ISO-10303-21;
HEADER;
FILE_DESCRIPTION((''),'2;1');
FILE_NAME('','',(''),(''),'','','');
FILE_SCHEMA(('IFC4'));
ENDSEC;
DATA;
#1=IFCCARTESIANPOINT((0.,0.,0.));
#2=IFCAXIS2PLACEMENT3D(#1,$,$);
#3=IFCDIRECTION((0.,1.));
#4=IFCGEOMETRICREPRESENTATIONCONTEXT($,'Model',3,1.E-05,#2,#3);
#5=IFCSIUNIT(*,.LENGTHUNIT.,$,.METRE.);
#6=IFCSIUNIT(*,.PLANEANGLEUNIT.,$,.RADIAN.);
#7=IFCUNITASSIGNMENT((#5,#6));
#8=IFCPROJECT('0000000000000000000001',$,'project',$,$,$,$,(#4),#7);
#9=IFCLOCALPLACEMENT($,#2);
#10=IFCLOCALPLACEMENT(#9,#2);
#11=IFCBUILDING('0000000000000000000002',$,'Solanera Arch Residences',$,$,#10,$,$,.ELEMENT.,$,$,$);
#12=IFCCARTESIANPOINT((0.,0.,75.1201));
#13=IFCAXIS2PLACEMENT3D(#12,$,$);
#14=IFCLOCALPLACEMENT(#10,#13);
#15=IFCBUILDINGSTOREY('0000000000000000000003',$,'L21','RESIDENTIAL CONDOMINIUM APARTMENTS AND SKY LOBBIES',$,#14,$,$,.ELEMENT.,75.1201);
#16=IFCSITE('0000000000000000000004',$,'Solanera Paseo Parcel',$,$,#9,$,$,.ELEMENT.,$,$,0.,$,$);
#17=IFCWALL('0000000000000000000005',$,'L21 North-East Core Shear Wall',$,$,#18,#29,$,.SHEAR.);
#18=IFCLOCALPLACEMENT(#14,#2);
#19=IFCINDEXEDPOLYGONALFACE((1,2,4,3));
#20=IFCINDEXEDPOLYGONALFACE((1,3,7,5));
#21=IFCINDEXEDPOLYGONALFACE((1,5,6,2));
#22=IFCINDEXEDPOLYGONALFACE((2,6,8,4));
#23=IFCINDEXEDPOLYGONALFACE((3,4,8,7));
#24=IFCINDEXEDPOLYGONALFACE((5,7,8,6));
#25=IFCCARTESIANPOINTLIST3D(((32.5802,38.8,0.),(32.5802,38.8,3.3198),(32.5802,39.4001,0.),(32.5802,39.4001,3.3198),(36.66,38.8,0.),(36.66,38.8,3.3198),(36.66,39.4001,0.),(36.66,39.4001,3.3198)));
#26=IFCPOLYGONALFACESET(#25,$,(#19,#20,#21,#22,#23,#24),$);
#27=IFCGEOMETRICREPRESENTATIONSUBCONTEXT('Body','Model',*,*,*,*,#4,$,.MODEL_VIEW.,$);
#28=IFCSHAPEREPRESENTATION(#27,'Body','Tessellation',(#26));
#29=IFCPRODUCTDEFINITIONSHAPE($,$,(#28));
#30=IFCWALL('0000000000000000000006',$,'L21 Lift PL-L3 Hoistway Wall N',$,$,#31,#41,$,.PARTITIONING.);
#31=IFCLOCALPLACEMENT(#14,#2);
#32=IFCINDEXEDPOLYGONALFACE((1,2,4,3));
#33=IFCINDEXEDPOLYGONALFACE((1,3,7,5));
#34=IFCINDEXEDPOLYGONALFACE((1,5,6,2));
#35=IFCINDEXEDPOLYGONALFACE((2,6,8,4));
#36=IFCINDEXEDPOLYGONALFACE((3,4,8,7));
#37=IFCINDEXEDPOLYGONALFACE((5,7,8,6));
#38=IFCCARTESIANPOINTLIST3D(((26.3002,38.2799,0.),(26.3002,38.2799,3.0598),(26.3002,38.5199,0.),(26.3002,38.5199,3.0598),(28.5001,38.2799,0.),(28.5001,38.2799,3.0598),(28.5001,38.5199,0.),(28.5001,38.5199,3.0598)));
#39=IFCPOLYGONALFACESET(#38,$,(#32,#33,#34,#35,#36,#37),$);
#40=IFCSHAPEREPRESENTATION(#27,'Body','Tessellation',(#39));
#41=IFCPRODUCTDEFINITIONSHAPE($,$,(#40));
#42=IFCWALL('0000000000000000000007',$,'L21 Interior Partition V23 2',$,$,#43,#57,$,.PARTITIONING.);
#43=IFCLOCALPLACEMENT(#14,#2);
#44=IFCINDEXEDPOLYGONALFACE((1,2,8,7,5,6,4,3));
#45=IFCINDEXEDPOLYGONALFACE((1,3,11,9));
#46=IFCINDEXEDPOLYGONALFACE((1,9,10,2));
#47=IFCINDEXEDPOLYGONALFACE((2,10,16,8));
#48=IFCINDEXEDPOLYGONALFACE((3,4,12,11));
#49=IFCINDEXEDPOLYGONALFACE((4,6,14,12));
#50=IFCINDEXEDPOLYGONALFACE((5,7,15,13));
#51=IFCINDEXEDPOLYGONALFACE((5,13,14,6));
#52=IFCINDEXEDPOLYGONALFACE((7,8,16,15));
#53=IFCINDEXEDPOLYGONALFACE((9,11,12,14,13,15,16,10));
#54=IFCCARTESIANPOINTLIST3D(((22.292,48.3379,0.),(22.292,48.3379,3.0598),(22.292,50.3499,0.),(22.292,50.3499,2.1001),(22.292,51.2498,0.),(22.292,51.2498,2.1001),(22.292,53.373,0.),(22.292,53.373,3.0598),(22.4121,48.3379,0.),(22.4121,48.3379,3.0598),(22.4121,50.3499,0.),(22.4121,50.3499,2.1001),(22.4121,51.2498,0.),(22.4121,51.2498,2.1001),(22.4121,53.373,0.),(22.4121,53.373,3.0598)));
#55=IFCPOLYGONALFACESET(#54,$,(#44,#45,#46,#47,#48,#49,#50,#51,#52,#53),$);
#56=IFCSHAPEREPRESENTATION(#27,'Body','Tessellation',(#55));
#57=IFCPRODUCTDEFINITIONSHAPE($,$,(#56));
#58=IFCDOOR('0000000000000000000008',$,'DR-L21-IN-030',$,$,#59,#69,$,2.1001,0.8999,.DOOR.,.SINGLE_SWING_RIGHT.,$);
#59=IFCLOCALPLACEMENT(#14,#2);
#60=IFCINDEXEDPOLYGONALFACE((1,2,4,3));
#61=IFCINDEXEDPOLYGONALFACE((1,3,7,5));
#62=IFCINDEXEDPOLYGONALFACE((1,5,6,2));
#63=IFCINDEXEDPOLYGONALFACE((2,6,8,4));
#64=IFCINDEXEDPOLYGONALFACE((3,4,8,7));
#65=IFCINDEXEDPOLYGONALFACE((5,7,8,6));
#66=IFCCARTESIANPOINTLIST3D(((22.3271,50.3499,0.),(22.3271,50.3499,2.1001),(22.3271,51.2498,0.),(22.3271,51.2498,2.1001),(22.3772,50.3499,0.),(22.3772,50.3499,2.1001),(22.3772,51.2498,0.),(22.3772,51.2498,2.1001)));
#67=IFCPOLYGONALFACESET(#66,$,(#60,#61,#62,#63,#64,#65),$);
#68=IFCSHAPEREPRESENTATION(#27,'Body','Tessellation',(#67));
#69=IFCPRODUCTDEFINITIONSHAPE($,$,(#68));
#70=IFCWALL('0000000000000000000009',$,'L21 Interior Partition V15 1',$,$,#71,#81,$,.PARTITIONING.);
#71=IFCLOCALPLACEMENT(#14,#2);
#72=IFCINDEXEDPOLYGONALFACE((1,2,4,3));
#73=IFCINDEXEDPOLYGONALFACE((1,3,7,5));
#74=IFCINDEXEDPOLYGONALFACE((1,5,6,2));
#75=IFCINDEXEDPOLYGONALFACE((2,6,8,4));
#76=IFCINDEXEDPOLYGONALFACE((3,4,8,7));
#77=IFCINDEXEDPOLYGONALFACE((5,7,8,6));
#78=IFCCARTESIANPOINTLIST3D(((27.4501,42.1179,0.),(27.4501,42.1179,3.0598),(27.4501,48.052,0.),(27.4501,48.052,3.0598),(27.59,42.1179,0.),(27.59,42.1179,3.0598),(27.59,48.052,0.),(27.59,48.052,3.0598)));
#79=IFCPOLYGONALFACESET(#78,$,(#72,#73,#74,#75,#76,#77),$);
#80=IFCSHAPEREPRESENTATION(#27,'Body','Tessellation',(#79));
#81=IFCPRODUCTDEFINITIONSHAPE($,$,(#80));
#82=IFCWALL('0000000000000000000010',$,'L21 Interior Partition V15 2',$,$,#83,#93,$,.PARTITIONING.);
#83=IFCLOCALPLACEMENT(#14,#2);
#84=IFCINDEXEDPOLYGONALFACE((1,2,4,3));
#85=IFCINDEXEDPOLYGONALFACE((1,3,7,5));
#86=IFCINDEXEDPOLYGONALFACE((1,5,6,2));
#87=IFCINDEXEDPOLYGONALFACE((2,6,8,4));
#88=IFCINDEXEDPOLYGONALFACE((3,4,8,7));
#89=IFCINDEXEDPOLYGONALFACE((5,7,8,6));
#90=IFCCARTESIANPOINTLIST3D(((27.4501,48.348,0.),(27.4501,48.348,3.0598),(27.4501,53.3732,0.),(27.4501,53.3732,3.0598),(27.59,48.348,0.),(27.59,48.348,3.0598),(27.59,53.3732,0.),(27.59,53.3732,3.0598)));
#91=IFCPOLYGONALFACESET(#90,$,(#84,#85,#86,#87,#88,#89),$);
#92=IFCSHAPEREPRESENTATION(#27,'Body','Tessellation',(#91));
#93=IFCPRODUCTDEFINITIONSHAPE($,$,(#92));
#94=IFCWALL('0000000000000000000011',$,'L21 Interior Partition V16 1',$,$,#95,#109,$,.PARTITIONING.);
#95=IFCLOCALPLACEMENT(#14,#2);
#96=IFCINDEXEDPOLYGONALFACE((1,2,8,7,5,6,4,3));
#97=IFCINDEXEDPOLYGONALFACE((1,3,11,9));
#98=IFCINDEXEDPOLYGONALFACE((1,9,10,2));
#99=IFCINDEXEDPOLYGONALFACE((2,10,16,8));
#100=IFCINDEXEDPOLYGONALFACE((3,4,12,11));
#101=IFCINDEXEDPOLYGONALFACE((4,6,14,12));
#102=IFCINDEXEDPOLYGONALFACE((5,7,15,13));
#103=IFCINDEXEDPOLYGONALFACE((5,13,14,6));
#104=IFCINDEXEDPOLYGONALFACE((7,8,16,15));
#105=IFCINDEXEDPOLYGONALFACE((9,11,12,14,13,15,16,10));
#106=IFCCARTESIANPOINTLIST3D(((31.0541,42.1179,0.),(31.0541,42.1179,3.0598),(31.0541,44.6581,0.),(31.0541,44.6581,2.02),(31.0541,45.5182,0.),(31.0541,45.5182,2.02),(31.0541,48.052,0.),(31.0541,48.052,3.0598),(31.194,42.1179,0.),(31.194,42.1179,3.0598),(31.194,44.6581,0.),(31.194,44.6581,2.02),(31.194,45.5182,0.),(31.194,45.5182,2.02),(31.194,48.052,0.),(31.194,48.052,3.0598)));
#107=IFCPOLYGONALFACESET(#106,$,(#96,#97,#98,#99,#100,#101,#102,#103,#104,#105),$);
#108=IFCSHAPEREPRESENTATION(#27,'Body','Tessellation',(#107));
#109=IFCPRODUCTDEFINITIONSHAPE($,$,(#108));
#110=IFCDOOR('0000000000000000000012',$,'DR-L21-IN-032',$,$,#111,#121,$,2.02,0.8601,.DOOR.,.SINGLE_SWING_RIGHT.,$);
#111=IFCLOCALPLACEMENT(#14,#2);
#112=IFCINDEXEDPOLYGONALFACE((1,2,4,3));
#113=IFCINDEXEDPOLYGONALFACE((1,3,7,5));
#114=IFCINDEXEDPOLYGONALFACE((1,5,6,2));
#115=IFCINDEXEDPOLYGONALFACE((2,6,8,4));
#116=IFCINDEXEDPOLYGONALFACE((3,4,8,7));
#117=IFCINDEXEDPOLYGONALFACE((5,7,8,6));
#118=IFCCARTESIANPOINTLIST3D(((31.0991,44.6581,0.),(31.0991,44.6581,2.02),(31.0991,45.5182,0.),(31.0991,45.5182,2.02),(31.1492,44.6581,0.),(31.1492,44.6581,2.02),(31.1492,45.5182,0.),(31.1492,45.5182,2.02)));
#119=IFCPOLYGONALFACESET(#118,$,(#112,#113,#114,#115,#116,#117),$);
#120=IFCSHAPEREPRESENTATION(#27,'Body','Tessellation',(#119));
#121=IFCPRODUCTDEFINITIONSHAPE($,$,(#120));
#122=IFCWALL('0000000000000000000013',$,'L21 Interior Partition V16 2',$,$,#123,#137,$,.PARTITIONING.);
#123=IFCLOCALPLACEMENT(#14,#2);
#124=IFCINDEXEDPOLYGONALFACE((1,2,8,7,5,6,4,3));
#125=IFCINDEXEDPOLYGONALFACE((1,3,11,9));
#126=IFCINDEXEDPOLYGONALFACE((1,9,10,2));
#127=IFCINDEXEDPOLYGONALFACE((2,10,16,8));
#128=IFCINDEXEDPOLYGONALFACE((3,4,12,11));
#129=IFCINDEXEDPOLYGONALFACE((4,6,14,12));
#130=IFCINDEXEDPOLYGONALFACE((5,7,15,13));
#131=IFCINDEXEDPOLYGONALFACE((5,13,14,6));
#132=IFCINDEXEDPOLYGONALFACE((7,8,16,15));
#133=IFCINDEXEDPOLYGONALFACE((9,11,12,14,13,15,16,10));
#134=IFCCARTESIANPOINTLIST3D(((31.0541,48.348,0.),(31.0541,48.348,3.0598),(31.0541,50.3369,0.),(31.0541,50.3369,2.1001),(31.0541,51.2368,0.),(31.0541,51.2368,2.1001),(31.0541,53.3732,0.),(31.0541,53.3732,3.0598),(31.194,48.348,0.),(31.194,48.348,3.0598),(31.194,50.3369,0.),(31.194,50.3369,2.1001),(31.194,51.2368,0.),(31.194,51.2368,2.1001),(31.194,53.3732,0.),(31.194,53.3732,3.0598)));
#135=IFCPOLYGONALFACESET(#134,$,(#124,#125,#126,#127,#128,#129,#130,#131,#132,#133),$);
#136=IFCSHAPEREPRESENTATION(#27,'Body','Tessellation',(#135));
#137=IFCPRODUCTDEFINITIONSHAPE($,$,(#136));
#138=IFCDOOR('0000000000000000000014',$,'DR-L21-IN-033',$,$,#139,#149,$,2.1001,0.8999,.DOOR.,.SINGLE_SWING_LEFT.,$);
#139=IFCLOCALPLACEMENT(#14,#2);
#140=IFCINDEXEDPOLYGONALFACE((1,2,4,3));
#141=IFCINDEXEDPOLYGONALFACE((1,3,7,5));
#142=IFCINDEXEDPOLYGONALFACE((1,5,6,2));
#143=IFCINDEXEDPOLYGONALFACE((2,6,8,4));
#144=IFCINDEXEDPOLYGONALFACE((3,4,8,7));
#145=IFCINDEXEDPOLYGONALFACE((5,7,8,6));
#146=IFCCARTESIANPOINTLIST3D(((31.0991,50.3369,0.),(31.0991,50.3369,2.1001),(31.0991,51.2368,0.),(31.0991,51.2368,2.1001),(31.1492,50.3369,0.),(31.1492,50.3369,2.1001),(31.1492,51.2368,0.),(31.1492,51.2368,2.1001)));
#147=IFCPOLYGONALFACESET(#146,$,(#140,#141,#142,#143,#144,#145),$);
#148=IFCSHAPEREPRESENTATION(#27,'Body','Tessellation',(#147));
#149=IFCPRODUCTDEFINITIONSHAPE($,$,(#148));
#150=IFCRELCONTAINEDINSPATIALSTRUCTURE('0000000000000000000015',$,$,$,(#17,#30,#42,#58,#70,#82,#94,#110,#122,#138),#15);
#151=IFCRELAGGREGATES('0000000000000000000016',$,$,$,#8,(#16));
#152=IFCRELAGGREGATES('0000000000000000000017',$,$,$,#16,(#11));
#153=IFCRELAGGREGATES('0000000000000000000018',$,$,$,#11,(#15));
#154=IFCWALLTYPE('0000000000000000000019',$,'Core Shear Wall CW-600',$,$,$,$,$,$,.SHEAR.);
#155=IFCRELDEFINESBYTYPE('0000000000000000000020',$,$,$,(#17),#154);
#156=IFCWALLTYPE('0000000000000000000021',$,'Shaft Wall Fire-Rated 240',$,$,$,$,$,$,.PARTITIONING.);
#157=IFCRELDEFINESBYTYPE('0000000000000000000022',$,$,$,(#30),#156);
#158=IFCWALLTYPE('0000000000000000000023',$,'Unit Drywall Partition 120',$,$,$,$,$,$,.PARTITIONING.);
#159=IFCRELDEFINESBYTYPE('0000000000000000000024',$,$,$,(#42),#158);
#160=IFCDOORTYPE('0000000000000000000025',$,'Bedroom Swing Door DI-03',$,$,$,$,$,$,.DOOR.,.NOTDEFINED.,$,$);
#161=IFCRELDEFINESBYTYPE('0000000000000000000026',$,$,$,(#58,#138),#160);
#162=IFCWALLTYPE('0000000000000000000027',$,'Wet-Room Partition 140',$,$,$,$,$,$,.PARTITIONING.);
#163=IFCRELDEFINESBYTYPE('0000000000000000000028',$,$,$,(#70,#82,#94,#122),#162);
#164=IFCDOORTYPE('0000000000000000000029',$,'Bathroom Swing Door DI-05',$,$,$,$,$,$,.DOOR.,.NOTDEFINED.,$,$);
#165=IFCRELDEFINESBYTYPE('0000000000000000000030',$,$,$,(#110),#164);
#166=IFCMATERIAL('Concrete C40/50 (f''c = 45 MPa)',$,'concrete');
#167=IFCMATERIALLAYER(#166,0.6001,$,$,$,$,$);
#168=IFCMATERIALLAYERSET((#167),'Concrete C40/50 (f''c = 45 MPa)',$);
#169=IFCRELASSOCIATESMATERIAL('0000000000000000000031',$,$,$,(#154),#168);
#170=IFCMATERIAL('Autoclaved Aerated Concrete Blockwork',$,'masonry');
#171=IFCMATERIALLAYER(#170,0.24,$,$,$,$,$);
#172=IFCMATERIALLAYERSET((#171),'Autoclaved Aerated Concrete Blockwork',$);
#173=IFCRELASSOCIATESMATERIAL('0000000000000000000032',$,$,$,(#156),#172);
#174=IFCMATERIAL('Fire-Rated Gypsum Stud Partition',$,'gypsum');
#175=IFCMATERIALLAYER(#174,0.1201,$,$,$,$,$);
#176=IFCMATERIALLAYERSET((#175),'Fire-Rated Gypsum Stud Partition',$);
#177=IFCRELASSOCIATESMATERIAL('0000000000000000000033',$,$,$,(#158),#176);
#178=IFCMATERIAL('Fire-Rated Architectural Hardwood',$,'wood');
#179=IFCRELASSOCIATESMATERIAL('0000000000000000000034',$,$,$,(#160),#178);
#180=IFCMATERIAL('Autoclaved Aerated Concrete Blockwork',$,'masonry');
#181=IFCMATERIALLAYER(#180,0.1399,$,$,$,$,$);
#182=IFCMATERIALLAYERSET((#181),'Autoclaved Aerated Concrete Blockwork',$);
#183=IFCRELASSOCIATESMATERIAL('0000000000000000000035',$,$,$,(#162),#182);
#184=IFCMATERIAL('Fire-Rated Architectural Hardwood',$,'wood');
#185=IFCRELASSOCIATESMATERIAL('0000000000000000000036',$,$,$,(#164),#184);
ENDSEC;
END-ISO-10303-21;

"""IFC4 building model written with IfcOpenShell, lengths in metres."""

from ifc_helpers import new_model, si_unit, direction, frame, frame_2d, origin, place, context, subcontext, project, spatial, rectangle, extrude, material, layer, layer_set, type_object, element, fill, save


model = new_model("IFC4")

# Units and contexts
model_context = context("Model", 3, precision=1e-05, world=origin(), true_north=direction((0.0, 1.0)))
body_context = subcontext(model_context, "Body", "Model", "MODEL_VIEW")
ifc_project = project(units=[si_unit("LENGTHUNIT", "METRE"), si_unit("PLANEANGLEUNIT", "RADIAN")], contexts=[model_context])

# Site, building, storey
site_placement = place(None, origin())
site = spatial("IfcSite", under=ifc_project, at=site_placement, Name="Solanera Paseo Parcel", CompositionType="ELEMENT", RefElevation=0.0)
building_placement = place(site_placement, origin())
building = spatial("IfcBuilding", under=site, at=building_placement, Name="Solanera Arch Residences", CompositionType="ELEMENT")
storey_placement = place(building_placement, frame((0.0, 0.0, 75.1201)))
storey = spatial("IfcBuildingStorey", under=building, at=storey_placement, Name="L21", Description="RESIDENTIAL CONDOMINIUM APARTMENTS AND SKY LOBBIES", CompositionType="ELEMENT", Elevation=75.1201)

# Walls
ifc_material_1 = material(Name="Concrete C40/50 (f'c = 45 MPa)", Category="concrete")
ifc_layer_1 = layer(ifc_material_1, 0.6001)
ifc_layer_set_1 = layer_set([ifc_layer_1], Name="Concrete C40/50 (f'c = 45 MPa)")
wall_type_1 = type_object("IfcWallType", Name="Core Shear Wall CW-600", PredefinedType="SHEAR", material=ifc_layer_set_1)
wall_1_placement = place(storey_placement, frame((32.5801, 39.1001, 0.0), z_axis=(0.0, 0.0, 1.0), x_axis=(1.0, 0.0, 0.0)))
element("IfcWall", 1, at=wall_1_placement, inside=storey, type_object=wall_type_1, Name="L21 North-East Core Shear Wall", PredefinedType="SHEAR", context=body_context, shape_type="SweptSolid", body=[
    extrude(rectangle(XDim=4.0798, YDim=0.6001, at=frame_2d((2.04, 0.0))), origin(), (0.0, 0.0, 1.0), 3.3198),
])
ifc_material_2 = material(Name="Autoclaved Aerated Concrete Blockwork", Category="masonry")
ifc_layer_2 = layer(ifc_material_2, 0.24)
ifc_layer_set_2 = layer_set([ifc_layer_2], Name="Autoclaved Aerated Concrete Blockwork")
wall_type_2 = type_object("IfcWallType", Name="Shaft Wall Fire-Rated 240", PredefinedType="PARTITIONING", material=ifc_layer_set_2)
wall_2_placement = place(storey_placement, frame((26.3, 38.3999, 0.0), z_axis=(0.0, 0.0, 1.0), x_axis=(1.0, 0.0, 0.0)))
element("IfcWall", 2, at=wall_2_placement, inside=storey, type_object=wall_type_2, Name="L21 Lift PL-L3 Hoistway Wall N", PredefinedType="PARTITIONING", context=body_context, shape_type="SweptSolid", body=[
    extrude(rectangle(XDim=2.2, YDim=0.24, at=frame_2d((1.1001, 0.0))), origin(), (0.0, 0.0, 1.0), 3.0598),
])

# Wall, opening, door
ifc_material_3 = material(Name="Fire-Rated Gypsum Stud Partition", Category="gypsum")
ifc_layer_3 = layer(ifc_material_3, 0.1201)
ifc_layer_set_3 = layer_set([ifc_layer_3], Name="Fire-Rated Gypsum Stud Partition")
wall_type_3 = type_object("IfcWallType", Name="Unit Drywall Partition 120", PredefinedType="PARTITIONING", material=ifc_layer_set_3)
wall_3_placement = place(storey_placement, frame((22.3521, 48.3379, 0.0), z_axis=(0.0, 0.0, 1.0), x_axis=(0.0, 1.0, 0.0)))
wall_3 = element("IfcWall", 3, at=wall_3_placement, inside=storey, type_object=wall_type_3, Name="L21 Interior Partition V23 2", PredefinedType="PARTITIONING", context=body_context, shape_type="SweptSolid", body=[
    extrude(rectangle(XDim=5.0352, YDim=0.1201, at=frame_2d((2.5176, 0.0))), origin(), (0.0, 0.0, 1.0), 3.0598),
])
opening_1_placement = place(wall_3_placement, frame((2.012, 0.0, 0.0)))
opening_1 = element("IfcOpeningElement", 4, at=opening_1_placement, cuts=wall_3, PredefinedType="OPENING", context=body_context, shape_type="SweptSolid", body=[
    extrude(rectangle(XDim=0.8999, YDim=2.1001, at=frame_2d((0.45, 1.05))), frame((0.0, 0.0701, 0.0), z_axis=(0.0, -1.0, 0.0), x_axis=(1.0, 0.0, 0.0)), (0.0, 0.0, 1.0), 0.1401),
])
ifc_material_4 = material(Name="Fire-Rated Architectural Hardwood", Category="wood")
door_type_1 = type_object("IfcDoorType", Name="Bedroom Swing Door DI-03", OperationType="NOTDEFINED", PredefinedType="DOOR", material=ifc_material_4)
door_1_placement = place(opening_1_placement, origin())
door_1 = element("IfcDoor", 5, at=door_1_placement, inside=storey, type_object=door_type_1, Name="DR-L21-IN-030", OperationType="SINGLE_SWING_RIGHT", OverallHeight=2.1001, OverallWidth=0.8999, PredefinedType="DOOR", context=body_context, shape_type="SweptSolid", body=[
    extrude(rectangle(XDim=0.8999, YDim=2.1001, at=frame_2d((0.45, 1.05))), frame((0.0, 0.0249, 0.0), z_axis=(0.0, -1.0, 0.0), x_axis=(1.0, 0.0, 0.0)), (0.0, 0.0, 1.0), 0.05),
])
fill(opening_1, door_1)

# Walls
ifc_material_5 = material(Name="Autoclaved Aerated Concrete Blockwork", Category="masonry")
ifc_layer_4 = layer(ifc_material_5, 0.1399)
ifc_layer_set_4 = layer_set([ifc_layer_4], Name="Autoclaved Aerated Concrete Blockwork")
wall_type_4 = type_object("IfcWallType", Name="Wet-Room Partition 140", PredefinedType="PARTITIONING", material=ifc_layer_set_4)
wall_4_placement = place(storey_placement, frame((27.52, 42.1179, 0.0), z_axis=(0.0, 0.0, 1.0), x_axis=(0.0, 1.0, 0.0)))
element("IfcWall", 6, at=wall_4_placement, inside=storey, type_object=wall_type_4, Name="L21 Interior Partition V15 1", PredefinedType="PARTITIONING", context=body_context, shape_type="SweptSolid", body=[
    extrude(rectangle(XDim=5.9341, YDim=0.1399, at=frame_2d((2.967, 0.0))), origin(), (0.0, 0.0, 1.0), 3.0598),
])
wall_5_placement = place(storey_placement, frame((27.52, 48.3479, 0.0), z_axis=(0.0, 0.0, 1.0), x_axis=(0.0, 1.0, 0.0)))
element("IfcWall", 7, at=wall_5_placement, inside=storey, type_object=wall_type_4, Name="L21 Interior Partition V15 2", PredefinedType="PARTITIONING", context=body_context, shape_type="SweptSolid", body=[
    extrude(rectangle(XDim=5.0251, YDim=0.1399, at=frame_2d((2.5127, 0.0))), origin(), (0.0, 0.0, 1.0), 3.0598),
])

# Walls, openings, doors
wall_6_placement = place(storey_placement, frame((31.124, 42.1179, 0.0), z_axis=(0.0, 0.0, 1.0), x_axis=(0.0, 1.0, 0.0)))
wall_6 = element("IfcWall", 8, at=wall_6_placement, inside=storey, type_object=wall_type_4, Name="L21 Interior Partition V16 1", PredefinedType="PARTITIONING", context=body_context, shape_type="SweptSolid", body=[
    extrude(rectangle(XDim=5.9341, YDim=0.1399, at=frame_2d((2.967, 0.0))), origin(), (0.0, 0.0, 1.0), 3.0598),
])
opening_2_placement = place(wall_6_placement, frame((2.54, 0.0, 0.0)))
opening_2 = element("IfcOpeningElement", 9, at=opening_2_placement, cuts=wall_6, PredefinedType="OPENING", context=body_context, shape_type="SweptSolid", body=[
    extrude(rectangle(XDim=0.8601, YDim=2.02, at=frame_2d((0.4302, 1.01))), frame((0.0, 0.0798, 0.0), z_axis=(0.0, -1.0, 0.0), x_axis=(1.0, 0.0, 0.0)), (0.0, 0.0, 1.0), 0.1599),
])
ifc_material_6 = material(Name="Fire-Rated Architectural Hardwood", Category="wood")
door_type_2 = type_object("IfcDoorType", Name="Bathroom Swing Door DI-05", OperationType="NOTDEFINED", PredefinedType="DOOR", material=ifc_material_6)
door_2_placement = place(opening_2_placement, origin())
door_2 = element("IfcDoor", 10, at=door_2_placement, inside=storey, type_object=door_type_2, Name="DR-L21-IN-032", OperationType="SINGLE_SWING_RIGHT", OverallHeight=2.02, OverallWidth=0.8601, PredefinedType="DOOR", context=body_context, shape_type="SweptSolid", body=[
    extrude(rectangle(XDim=0.8601, YDim=2.02, at=frame_2d((0.4302, 1.01))), frame((0.0, 0.0249, 0.0), z_axis=(0.0, -1.0, 0.0), x_axis=(1.0, 0.0, 0.0)), (0.0, 0.0, 1.0), 0.05),
])
fill(opening_2, door_2)
wall_7_placement = place(storey_placement, frame((31.124, 48.3479, 0.0), z_axis=(0.0, 0.0, 1.0), x_axis=(0.0, 1.0, 0.0)))
wall_7 = element("IfcWall", 11, at=wall_7_placement, inside=storey, type_object=wall_type_4, Name="L21 Interior Partition V16 2", PredefinedType="PARTITIONING", context=body_context, shape_type="SweptSolid", body=[
    extrude(rectangle(XDim=5.0251, YDim=0.1399, at=frame_2d((2.5127, 0.0))), origin(), (0.0, 0.0, 1.0), 3.0598),
])
opening_3_placement = place(wall_7_placement, frame((1.989, 0.0, 0.0)))
opening_3 = element("IfcOpeningElement", 12, at=opening_3_placement, cuts=wall_7, PredefinedType="OPENING", context=body_context, shape_type="SweptSolid", body=[
    extrude(rectangle(XDim=0.8999, YDim=2.1001, at=frame_2d((0.45, 1.05))), frame((0.0, 0.0798, 0.0), z_axis=(0.0, -1.0, 0.0), x_axis=(1.0, 0.0, 0.0)), (0.0, 0.0, 1.0), 0.1599),
])
door_3_placement = place(opening_3_placement, origin())
door_3 = element("IfcDoor", 13, at=door_3_placement, inside=storey, type_object=door_type_1, Name="DR-L21-IN-033", OperationType="SINGLE_SWING_LEFT", OverallHeight=2.1001, OverallWidth=0.8999, PredefinedType="DOOR", context=body_context, shape_type="SweptSolid", body=[
    extrude(rectangle(XDim=0.8999, YDim=2.1001, at=frame_2d((0.45, 1.05))), frame((0.0, 0.0249, 0.0), z_axis=(0.0, -1.0, 0.0), x_axis=(1.0, 0.0, 0.0)), (0.0, 0.0, 1.0), 0.05),
])
fill(opening_3, door_3)

save(model, "model.ifc")
